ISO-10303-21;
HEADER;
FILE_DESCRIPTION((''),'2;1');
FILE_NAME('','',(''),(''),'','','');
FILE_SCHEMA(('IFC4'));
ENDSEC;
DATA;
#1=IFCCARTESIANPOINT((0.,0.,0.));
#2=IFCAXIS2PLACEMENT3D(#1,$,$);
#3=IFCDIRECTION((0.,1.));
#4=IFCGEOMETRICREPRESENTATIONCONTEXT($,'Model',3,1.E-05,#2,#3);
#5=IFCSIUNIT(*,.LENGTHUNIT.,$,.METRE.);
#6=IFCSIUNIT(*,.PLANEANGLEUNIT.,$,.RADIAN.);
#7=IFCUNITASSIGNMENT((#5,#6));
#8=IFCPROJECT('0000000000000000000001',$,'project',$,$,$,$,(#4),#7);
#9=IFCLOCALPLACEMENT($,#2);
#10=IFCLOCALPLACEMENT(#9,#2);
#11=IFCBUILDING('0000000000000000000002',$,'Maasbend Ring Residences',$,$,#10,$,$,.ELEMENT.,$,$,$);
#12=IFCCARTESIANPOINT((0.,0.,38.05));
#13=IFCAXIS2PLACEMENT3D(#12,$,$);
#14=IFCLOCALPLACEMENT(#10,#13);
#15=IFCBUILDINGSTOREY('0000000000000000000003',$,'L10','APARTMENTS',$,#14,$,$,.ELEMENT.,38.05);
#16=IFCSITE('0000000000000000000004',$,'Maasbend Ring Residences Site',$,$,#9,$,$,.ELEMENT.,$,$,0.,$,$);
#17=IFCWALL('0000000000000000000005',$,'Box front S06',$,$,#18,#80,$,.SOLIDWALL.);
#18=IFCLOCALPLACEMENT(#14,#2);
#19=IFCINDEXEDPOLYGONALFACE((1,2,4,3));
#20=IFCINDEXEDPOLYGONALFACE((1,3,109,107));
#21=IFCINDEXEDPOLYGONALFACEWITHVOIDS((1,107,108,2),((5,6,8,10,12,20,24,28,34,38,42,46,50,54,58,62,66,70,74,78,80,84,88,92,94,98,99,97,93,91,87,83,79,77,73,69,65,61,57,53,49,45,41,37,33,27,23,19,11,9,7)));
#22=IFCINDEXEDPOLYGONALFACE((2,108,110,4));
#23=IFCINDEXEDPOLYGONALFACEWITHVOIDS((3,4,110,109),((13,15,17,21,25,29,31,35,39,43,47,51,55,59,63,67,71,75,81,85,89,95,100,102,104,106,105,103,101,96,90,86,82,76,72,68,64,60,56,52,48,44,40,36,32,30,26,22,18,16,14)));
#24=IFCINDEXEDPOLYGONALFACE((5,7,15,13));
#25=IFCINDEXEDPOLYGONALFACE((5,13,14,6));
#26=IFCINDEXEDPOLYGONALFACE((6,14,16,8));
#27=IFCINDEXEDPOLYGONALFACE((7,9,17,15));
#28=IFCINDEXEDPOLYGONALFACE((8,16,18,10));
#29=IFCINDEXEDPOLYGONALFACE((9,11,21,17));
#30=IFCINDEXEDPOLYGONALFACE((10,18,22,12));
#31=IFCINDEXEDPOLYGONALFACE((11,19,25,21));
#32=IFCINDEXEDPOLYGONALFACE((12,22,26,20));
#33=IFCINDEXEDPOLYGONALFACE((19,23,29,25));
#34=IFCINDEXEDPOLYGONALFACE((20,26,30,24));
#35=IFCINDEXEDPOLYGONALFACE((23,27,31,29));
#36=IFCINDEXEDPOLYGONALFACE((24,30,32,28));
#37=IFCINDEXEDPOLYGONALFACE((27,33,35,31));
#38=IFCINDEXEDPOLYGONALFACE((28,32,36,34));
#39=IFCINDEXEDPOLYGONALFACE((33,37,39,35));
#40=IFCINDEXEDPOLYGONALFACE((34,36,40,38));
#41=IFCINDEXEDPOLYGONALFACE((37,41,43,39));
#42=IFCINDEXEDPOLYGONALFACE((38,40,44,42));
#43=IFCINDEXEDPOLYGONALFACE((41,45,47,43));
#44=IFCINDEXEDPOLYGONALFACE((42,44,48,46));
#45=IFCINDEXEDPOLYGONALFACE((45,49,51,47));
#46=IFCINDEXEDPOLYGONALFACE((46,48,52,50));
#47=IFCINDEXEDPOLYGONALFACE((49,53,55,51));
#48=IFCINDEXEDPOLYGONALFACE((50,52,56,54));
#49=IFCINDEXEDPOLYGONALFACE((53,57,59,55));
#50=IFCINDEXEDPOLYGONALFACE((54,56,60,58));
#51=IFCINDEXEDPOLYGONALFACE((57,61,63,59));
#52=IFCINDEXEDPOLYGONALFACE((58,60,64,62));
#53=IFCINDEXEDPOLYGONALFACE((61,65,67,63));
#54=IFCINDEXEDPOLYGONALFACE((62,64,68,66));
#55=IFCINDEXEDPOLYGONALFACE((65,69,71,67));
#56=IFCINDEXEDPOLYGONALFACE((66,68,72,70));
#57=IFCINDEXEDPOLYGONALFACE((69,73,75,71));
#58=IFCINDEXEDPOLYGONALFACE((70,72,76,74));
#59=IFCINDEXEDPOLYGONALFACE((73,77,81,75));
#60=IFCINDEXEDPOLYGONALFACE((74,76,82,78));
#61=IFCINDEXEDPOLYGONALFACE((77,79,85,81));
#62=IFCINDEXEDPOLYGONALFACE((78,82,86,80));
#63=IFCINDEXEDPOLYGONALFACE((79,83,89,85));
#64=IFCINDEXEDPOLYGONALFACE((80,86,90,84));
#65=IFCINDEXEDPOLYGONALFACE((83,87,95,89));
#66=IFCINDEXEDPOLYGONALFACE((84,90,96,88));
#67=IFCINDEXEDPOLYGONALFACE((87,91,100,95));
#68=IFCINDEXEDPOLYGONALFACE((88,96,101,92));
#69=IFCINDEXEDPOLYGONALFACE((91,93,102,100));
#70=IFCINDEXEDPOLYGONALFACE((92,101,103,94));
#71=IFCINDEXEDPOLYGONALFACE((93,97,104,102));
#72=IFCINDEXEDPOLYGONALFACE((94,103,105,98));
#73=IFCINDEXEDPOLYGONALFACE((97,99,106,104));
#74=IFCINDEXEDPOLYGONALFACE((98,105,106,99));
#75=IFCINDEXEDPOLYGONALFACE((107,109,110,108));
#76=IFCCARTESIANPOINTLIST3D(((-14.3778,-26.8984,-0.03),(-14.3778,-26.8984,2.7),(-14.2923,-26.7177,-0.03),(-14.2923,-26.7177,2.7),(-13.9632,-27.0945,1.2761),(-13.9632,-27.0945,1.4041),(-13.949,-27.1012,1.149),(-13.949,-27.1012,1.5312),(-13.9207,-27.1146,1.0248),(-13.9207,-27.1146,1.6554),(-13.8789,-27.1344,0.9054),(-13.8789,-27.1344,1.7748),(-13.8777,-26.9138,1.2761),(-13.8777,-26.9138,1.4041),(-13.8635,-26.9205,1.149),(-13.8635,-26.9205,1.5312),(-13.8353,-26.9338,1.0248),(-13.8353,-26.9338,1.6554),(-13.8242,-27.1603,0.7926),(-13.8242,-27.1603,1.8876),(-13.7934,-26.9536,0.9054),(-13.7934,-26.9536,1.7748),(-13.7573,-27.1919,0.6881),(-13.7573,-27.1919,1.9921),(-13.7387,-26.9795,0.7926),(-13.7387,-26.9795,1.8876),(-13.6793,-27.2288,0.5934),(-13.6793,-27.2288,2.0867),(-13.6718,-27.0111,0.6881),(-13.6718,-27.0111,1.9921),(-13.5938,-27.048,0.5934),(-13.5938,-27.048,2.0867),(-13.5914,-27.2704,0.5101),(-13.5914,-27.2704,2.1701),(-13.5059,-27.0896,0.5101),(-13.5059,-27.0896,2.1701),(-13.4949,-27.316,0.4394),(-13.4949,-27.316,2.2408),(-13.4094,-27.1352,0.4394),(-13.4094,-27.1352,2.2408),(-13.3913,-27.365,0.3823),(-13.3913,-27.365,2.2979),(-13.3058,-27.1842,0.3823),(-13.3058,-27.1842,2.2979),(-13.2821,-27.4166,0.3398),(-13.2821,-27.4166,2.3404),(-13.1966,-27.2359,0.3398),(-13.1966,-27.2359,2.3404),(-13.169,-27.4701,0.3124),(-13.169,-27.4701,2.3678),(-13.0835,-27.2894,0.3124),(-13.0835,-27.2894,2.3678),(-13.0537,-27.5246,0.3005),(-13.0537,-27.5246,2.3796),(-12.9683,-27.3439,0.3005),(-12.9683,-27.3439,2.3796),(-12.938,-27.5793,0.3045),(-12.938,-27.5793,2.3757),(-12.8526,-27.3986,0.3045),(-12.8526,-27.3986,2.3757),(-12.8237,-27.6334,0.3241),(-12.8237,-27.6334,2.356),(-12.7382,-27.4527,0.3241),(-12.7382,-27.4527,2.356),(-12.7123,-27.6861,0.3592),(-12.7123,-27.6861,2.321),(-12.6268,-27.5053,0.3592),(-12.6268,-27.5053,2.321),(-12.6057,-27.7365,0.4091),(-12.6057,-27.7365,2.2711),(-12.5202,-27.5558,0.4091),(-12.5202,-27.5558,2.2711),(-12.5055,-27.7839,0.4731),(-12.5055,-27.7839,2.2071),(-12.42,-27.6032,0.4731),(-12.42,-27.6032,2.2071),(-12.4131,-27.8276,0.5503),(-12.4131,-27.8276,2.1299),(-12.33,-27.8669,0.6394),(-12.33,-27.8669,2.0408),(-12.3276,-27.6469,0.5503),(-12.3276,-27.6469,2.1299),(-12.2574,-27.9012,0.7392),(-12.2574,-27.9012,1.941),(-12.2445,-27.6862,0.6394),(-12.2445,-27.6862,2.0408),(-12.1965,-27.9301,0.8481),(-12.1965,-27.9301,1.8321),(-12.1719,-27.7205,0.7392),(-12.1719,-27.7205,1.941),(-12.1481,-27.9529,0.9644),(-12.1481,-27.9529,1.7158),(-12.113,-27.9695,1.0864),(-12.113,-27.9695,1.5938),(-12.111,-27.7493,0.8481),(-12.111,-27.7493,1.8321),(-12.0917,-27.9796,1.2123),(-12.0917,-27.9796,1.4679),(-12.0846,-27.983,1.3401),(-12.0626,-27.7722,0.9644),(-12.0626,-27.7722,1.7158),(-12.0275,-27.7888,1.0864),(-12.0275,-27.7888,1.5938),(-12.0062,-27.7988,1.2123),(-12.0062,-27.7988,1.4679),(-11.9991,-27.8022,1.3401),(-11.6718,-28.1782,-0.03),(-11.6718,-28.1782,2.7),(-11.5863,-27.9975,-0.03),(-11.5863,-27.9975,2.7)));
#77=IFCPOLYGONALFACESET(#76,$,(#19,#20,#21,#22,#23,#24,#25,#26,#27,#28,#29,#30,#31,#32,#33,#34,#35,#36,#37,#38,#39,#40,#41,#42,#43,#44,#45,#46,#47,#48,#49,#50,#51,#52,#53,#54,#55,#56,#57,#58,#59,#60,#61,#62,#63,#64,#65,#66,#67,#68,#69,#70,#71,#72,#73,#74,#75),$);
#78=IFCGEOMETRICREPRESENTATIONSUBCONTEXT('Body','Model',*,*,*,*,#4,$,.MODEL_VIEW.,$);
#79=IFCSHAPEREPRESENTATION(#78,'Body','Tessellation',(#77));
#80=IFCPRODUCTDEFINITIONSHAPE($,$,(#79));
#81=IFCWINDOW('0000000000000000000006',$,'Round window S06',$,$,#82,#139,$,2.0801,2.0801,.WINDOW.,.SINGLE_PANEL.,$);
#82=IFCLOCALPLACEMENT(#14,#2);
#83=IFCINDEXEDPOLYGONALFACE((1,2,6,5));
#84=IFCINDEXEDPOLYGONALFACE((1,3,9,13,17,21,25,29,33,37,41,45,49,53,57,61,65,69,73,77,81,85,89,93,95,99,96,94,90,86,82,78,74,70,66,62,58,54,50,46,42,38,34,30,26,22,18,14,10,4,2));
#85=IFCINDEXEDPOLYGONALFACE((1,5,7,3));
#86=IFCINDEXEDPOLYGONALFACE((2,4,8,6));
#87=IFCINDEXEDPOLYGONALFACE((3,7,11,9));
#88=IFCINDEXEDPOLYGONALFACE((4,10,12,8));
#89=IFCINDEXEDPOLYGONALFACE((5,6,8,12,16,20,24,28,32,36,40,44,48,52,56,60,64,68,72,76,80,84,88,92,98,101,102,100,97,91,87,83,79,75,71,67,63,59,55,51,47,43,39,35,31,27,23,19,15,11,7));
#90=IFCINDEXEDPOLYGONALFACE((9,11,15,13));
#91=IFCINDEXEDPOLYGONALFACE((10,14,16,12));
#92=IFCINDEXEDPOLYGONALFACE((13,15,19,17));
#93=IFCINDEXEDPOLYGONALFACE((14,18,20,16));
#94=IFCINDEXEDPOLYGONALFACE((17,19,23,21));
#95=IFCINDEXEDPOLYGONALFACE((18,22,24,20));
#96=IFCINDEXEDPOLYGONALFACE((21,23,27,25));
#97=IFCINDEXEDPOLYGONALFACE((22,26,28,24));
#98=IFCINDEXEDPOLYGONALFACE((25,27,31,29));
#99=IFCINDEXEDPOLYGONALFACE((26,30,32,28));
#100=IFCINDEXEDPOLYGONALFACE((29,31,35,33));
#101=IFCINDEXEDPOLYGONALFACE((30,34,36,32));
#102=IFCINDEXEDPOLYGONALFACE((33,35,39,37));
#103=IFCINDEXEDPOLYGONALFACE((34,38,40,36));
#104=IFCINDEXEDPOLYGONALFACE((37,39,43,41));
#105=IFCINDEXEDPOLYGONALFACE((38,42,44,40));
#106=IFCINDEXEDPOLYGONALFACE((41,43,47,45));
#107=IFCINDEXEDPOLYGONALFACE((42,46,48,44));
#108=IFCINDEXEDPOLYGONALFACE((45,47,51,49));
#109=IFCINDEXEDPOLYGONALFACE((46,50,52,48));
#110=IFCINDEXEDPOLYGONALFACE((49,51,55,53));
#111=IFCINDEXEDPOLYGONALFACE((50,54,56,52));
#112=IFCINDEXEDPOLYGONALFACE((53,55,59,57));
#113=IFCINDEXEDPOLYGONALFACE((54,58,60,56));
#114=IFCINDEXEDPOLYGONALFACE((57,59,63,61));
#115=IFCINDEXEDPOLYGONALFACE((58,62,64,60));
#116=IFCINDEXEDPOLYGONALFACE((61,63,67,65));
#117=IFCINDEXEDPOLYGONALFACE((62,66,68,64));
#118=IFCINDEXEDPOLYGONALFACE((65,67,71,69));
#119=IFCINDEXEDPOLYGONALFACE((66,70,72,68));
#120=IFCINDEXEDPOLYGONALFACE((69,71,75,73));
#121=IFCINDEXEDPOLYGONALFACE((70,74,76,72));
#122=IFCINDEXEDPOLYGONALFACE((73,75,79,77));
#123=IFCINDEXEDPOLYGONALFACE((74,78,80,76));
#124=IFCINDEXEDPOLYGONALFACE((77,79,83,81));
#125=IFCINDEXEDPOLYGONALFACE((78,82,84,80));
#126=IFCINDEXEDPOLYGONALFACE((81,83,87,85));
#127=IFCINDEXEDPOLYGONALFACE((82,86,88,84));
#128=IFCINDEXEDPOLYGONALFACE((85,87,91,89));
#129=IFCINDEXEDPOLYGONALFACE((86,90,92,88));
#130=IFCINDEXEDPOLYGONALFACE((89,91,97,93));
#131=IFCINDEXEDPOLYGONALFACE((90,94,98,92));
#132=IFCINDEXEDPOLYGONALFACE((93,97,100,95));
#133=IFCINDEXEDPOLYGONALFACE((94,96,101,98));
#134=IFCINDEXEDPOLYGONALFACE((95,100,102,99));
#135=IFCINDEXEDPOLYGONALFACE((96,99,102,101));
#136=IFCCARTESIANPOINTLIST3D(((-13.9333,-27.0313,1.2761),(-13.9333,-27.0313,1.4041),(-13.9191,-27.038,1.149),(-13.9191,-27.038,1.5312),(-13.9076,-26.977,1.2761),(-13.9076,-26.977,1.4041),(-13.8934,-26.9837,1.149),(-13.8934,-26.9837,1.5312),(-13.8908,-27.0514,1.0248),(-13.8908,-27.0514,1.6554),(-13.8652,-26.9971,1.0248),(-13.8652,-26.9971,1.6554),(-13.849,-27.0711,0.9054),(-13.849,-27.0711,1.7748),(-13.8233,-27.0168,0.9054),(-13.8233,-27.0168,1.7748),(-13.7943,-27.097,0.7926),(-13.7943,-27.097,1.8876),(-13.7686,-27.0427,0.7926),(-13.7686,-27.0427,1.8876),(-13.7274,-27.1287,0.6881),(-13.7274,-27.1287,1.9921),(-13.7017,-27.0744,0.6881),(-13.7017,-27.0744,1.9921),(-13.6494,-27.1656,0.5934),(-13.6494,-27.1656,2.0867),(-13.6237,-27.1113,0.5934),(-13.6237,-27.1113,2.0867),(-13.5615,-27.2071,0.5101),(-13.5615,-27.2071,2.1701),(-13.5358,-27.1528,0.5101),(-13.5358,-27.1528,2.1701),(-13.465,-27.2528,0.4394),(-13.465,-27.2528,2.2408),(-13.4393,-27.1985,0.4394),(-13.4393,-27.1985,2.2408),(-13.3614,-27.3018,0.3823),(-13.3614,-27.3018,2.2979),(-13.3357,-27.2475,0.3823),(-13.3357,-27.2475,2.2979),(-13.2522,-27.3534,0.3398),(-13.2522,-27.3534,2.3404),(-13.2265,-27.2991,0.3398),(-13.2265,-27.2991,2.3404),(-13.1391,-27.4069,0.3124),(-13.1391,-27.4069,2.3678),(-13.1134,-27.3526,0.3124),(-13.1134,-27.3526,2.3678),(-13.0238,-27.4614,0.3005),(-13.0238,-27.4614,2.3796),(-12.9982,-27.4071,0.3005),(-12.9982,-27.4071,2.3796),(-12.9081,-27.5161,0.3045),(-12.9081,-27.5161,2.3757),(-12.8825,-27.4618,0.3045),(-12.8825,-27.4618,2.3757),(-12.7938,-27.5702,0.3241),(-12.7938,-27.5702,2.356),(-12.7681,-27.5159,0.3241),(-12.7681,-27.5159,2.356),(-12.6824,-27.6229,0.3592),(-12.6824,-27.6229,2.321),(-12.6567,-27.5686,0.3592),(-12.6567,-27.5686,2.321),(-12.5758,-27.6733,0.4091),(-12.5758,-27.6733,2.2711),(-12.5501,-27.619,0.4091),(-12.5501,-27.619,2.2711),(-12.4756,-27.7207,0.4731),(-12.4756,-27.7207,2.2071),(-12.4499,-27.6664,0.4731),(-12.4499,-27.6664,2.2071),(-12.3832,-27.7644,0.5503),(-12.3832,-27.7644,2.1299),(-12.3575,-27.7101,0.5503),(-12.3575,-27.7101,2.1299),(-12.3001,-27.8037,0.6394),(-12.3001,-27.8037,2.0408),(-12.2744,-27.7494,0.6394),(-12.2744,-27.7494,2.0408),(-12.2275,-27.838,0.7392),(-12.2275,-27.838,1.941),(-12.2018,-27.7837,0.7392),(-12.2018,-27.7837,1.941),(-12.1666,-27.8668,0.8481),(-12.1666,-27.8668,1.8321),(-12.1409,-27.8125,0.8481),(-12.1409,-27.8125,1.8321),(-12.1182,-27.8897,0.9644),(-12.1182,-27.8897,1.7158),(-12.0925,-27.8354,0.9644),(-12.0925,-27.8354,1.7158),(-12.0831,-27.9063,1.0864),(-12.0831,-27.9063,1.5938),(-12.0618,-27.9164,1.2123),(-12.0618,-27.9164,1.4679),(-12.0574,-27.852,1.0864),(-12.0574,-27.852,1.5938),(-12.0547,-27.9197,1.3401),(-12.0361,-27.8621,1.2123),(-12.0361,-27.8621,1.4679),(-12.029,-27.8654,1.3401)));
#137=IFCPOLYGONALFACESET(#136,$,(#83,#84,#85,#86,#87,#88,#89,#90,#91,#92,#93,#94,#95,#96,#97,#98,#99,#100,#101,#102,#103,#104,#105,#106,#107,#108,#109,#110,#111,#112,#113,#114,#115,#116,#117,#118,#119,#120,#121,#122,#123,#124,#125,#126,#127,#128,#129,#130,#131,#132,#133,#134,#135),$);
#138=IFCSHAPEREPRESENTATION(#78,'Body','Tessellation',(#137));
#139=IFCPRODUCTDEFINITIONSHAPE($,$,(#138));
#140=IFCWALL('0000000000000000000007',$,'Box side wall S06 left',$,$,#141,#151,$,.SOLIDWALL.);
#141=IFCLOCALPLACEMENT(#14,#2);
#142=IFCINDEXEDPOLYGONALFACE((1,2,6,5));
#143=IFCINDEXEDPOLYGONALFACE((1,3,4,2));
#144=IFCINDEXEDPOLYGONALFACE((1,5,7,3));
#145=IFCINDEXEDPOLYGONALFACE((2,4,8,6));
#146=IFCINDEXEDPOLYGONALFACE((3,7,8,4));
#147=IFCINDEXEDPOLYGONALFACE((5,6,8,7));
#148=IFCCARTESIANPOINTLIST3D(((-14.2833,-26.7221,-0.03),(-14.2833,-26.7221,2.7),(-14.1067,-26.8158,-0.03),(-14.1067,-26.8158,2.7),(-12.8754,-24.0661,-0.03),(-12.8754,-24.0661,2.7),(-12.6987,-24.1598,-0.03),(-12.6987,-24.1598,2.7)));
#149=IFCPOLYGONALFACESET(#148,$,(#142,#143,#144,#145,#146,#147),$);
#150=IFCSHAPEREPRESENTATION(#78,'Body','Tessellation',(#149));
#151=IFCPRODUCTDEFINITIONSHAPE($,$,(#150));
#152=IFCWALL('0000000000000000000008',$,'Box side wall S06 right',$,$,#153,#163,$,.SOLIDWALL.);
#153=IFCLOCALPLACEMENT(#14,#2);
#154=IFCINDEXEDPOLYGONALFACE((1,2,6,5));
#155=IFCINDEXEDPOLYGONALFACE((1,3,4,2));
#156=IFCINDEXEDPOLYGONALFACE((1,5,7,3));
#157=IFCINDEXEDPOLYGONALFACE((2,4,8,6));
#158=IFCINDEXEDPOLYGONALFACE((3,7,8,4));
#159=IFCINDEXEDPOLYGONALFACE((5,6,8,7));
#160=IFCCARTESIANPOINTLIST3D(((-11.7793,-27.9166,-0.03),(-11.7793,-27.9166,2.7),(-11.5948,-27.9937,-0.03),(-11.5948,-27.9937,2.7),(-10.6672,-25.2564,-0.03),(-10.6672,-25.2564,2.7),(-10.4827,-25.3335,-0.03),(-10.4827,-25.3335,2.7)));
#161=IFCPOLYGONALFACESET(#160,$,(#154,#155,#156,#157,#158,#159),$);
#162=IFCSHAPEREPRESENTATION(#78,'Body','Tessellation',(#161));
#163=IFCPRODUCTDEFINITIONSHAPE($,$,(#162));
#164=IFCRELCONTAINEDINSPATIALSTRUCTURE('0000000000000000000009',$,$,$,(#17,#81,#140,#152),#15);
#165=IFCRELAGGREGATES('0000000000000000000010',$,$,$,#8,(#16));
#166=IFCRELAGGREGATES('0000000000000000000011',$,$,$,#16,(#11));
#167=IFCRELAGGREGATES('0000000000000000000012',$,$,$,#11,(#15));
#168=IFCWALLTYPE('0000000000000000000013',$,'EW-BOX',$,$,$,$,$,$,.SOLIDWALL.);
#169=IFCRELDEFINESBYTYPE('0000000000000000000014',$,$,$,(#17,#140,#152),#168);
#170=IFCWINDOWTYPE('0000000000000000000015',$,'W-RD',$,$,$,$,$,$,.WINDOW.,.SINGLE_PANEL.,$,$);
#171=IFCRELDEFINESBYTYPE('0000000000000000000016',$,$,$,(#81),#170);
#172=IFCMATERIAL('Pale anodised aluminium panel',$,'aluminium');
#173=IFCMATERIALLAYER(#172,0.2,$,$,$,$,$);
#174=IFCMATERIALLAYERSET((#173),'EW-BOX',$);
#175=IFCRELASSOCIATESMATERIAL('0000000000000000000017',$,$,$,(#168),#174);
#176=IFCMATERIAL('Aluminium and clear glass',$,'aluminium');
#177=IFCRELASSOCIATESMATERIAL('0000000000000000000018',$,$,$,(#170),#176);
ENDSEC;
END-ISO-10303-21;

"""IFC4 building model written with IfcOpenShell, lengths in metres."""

from ifc_helpers import new_model, si_unit, direction, frame, frame_2d, origin, place, context, subcontext, project, spatial, rectangle, circle, extrude, material, layer, layer_set, type_object, element, fill, save


model = new_model("IFC4")

# Units and contexts
model_context = context("Model", 3, precision=1e-05, world=origin(), true_north=direction((0.0, 1.0)))
body_context = subcontext(model_context, "Body", "Model", "MODEL_VIEW")
ifc_project = project(units=[si_unit("LENGTHUNIT", "METRE"), si_unit("PLANEANGLEUNIT", "RADIAN")], contexts=[model_context])

# Site, building, storey
site_placement = place(None, origin())
site = spatial("IfcSite", under=ifc_project, at=site_placement, Name="Maasbend Ring Residences Site", CompositionType="ELEMENT", RefElevation=0.0)
building_placement = place(site_placement, origin())
building = spatial("IfcBuilding", under=site, at=building_placement, Name="Maasbend Ring Residences", CompositionType="ELEMENT")
storey_placement = place(building_placement, frame((0.0, 0.0, 38.05)))
storey = spatial("IfcBuildingStorey", under=building, at=storey_placement, Name="L10", Description="APARTMENTS", CompositionType="ELEMENT", Elevation=38.05)

# Wall, opening, window
ifc_material_1 = material(Name="Pale anodised aluminium panel", Category="aluminium")
ifc_layer_1 = layer(ifc_material_1, 0.2)
ifc_layer_set_1 = layer_set([ifc_layer_1], Name="EW-BOX")
wall_type_1 = type_object("IfcWallType", Name="EW-BOX", PredefinedType="SOLIDWALL", material=ifc_layer_set_1)
wall_1_placement = place(storey_placement, frame((-14.335, -26.8081, -0.03), z_axis=(0.0, 0.0, 1.0), x_axis=(0.904, -0.427532, 0.0)))
wall_1 = element("IfcWall", 1, at=wall_1_placement, inside=storey, type_object=wall_type_1, Name="Box front S06", PredefinedType="SOLIDWALL", context=body_context, shape_type="SweptSolid", body=[
    extrude(rectangle(XDim=2.9934, YDim=0.2, at=frame_2d((1.4966, 0.0))), origin(), (0.0, 0.0, 1.0), 2.73),
])
opening_1_placement = place(wall_1_placement, frame((0.4565, 0.0, 0.3301)))
opening_1 = element("IfcOpeningElement", 2, at=opening_1_placement, cuts=wall_1, PredefinedType="OPENING", context=body_context, shape_type="SweptSolid", body=[
    extrude(circle(Radius=1.04, at=frame_2d((1.04, 1.04))), frame((0.0, 0.1099, 0.0), z_axis=(0.0, -1.0, 0.0), x_axis=(1.0, 0.0, 0.0)), (0.0, 0.0, 1.0), 0.22),
])
ifc_material_2 = material(Name="Aluminium and clear glass", Category="aluminium")
window_type_1 = type_object("IfcWindowType", Name="W-RD", PartitioningType="SINGLE_PANEL", PredefinedType="WINDOW", material=ifc_material_2)
window_1_placement = place(opening_1_placement, origin())
window_1 = element("IfcWindow", 3, at=window_1_placement, inside=storey, type_object=window_type_1, Name="Round window S06", OverallHeight=2.0801, OverallWidth=2.0801, PartitioningType="SINGLE_PANEL", PredefinedType="WINDOW", context=body_context, shape_type="SweptSolid", body=[
    extrude(circle(Radius=1.04, at=frame_2d((1.04, 1.04))), frame((0.0, 0.03, 0.0), z_axis=(0.0, -1.0, 0.0), x_axis=(1.0, 0.0, 0.0)), (0.0, 0.0, 1.0), 0.0601),
])
fill(opening_1, window_1)

# Walls
wall_2_placement = place(storey_placement, frame((-12.7871, -24.113, -0.03), z_axis=(0.0, 0.0, 1.0), x_axis=(-0.468365, -0.883535, 0.0)))
element("IfcWall", 4, at=wall_2_placement, inside=storey, type_object=wall_type_1, Name="Box side wall S06 left", PredefinedType="SOLIDWALL", context=body_context, shape_type="SweptSolid", body=[
    extrude(rectangle(XDim=3.0061, YDim=0.2, at=frame_2d((1.5029, 0.0))), origin(), (0.0, 0.0, 1.0), 2.73),
])
wall_3_placement = place(storey_placement, frame((-10.575, -25.2949, -0.03), z_axis=(0.0, 0.0, 1.0), x_axis=(-0.385697, -0.922625, 0.0)))
element("IfcWall", 5, at=wall_3_placement, inside=storey, type_object=wall_type_1, Name="Box side wall S06 right", PredefinedType="SOLIDWALL", context=body_context, shape_type="SweptSolid", body=[
    extrude(rectangle(XDim=2.8833, YDim=0.2, at=frame_2d((1.4417, 0.0))), origin(), (0.0, 0.0, 1.0), 2.73),
])

save(model, "model.ifc")
